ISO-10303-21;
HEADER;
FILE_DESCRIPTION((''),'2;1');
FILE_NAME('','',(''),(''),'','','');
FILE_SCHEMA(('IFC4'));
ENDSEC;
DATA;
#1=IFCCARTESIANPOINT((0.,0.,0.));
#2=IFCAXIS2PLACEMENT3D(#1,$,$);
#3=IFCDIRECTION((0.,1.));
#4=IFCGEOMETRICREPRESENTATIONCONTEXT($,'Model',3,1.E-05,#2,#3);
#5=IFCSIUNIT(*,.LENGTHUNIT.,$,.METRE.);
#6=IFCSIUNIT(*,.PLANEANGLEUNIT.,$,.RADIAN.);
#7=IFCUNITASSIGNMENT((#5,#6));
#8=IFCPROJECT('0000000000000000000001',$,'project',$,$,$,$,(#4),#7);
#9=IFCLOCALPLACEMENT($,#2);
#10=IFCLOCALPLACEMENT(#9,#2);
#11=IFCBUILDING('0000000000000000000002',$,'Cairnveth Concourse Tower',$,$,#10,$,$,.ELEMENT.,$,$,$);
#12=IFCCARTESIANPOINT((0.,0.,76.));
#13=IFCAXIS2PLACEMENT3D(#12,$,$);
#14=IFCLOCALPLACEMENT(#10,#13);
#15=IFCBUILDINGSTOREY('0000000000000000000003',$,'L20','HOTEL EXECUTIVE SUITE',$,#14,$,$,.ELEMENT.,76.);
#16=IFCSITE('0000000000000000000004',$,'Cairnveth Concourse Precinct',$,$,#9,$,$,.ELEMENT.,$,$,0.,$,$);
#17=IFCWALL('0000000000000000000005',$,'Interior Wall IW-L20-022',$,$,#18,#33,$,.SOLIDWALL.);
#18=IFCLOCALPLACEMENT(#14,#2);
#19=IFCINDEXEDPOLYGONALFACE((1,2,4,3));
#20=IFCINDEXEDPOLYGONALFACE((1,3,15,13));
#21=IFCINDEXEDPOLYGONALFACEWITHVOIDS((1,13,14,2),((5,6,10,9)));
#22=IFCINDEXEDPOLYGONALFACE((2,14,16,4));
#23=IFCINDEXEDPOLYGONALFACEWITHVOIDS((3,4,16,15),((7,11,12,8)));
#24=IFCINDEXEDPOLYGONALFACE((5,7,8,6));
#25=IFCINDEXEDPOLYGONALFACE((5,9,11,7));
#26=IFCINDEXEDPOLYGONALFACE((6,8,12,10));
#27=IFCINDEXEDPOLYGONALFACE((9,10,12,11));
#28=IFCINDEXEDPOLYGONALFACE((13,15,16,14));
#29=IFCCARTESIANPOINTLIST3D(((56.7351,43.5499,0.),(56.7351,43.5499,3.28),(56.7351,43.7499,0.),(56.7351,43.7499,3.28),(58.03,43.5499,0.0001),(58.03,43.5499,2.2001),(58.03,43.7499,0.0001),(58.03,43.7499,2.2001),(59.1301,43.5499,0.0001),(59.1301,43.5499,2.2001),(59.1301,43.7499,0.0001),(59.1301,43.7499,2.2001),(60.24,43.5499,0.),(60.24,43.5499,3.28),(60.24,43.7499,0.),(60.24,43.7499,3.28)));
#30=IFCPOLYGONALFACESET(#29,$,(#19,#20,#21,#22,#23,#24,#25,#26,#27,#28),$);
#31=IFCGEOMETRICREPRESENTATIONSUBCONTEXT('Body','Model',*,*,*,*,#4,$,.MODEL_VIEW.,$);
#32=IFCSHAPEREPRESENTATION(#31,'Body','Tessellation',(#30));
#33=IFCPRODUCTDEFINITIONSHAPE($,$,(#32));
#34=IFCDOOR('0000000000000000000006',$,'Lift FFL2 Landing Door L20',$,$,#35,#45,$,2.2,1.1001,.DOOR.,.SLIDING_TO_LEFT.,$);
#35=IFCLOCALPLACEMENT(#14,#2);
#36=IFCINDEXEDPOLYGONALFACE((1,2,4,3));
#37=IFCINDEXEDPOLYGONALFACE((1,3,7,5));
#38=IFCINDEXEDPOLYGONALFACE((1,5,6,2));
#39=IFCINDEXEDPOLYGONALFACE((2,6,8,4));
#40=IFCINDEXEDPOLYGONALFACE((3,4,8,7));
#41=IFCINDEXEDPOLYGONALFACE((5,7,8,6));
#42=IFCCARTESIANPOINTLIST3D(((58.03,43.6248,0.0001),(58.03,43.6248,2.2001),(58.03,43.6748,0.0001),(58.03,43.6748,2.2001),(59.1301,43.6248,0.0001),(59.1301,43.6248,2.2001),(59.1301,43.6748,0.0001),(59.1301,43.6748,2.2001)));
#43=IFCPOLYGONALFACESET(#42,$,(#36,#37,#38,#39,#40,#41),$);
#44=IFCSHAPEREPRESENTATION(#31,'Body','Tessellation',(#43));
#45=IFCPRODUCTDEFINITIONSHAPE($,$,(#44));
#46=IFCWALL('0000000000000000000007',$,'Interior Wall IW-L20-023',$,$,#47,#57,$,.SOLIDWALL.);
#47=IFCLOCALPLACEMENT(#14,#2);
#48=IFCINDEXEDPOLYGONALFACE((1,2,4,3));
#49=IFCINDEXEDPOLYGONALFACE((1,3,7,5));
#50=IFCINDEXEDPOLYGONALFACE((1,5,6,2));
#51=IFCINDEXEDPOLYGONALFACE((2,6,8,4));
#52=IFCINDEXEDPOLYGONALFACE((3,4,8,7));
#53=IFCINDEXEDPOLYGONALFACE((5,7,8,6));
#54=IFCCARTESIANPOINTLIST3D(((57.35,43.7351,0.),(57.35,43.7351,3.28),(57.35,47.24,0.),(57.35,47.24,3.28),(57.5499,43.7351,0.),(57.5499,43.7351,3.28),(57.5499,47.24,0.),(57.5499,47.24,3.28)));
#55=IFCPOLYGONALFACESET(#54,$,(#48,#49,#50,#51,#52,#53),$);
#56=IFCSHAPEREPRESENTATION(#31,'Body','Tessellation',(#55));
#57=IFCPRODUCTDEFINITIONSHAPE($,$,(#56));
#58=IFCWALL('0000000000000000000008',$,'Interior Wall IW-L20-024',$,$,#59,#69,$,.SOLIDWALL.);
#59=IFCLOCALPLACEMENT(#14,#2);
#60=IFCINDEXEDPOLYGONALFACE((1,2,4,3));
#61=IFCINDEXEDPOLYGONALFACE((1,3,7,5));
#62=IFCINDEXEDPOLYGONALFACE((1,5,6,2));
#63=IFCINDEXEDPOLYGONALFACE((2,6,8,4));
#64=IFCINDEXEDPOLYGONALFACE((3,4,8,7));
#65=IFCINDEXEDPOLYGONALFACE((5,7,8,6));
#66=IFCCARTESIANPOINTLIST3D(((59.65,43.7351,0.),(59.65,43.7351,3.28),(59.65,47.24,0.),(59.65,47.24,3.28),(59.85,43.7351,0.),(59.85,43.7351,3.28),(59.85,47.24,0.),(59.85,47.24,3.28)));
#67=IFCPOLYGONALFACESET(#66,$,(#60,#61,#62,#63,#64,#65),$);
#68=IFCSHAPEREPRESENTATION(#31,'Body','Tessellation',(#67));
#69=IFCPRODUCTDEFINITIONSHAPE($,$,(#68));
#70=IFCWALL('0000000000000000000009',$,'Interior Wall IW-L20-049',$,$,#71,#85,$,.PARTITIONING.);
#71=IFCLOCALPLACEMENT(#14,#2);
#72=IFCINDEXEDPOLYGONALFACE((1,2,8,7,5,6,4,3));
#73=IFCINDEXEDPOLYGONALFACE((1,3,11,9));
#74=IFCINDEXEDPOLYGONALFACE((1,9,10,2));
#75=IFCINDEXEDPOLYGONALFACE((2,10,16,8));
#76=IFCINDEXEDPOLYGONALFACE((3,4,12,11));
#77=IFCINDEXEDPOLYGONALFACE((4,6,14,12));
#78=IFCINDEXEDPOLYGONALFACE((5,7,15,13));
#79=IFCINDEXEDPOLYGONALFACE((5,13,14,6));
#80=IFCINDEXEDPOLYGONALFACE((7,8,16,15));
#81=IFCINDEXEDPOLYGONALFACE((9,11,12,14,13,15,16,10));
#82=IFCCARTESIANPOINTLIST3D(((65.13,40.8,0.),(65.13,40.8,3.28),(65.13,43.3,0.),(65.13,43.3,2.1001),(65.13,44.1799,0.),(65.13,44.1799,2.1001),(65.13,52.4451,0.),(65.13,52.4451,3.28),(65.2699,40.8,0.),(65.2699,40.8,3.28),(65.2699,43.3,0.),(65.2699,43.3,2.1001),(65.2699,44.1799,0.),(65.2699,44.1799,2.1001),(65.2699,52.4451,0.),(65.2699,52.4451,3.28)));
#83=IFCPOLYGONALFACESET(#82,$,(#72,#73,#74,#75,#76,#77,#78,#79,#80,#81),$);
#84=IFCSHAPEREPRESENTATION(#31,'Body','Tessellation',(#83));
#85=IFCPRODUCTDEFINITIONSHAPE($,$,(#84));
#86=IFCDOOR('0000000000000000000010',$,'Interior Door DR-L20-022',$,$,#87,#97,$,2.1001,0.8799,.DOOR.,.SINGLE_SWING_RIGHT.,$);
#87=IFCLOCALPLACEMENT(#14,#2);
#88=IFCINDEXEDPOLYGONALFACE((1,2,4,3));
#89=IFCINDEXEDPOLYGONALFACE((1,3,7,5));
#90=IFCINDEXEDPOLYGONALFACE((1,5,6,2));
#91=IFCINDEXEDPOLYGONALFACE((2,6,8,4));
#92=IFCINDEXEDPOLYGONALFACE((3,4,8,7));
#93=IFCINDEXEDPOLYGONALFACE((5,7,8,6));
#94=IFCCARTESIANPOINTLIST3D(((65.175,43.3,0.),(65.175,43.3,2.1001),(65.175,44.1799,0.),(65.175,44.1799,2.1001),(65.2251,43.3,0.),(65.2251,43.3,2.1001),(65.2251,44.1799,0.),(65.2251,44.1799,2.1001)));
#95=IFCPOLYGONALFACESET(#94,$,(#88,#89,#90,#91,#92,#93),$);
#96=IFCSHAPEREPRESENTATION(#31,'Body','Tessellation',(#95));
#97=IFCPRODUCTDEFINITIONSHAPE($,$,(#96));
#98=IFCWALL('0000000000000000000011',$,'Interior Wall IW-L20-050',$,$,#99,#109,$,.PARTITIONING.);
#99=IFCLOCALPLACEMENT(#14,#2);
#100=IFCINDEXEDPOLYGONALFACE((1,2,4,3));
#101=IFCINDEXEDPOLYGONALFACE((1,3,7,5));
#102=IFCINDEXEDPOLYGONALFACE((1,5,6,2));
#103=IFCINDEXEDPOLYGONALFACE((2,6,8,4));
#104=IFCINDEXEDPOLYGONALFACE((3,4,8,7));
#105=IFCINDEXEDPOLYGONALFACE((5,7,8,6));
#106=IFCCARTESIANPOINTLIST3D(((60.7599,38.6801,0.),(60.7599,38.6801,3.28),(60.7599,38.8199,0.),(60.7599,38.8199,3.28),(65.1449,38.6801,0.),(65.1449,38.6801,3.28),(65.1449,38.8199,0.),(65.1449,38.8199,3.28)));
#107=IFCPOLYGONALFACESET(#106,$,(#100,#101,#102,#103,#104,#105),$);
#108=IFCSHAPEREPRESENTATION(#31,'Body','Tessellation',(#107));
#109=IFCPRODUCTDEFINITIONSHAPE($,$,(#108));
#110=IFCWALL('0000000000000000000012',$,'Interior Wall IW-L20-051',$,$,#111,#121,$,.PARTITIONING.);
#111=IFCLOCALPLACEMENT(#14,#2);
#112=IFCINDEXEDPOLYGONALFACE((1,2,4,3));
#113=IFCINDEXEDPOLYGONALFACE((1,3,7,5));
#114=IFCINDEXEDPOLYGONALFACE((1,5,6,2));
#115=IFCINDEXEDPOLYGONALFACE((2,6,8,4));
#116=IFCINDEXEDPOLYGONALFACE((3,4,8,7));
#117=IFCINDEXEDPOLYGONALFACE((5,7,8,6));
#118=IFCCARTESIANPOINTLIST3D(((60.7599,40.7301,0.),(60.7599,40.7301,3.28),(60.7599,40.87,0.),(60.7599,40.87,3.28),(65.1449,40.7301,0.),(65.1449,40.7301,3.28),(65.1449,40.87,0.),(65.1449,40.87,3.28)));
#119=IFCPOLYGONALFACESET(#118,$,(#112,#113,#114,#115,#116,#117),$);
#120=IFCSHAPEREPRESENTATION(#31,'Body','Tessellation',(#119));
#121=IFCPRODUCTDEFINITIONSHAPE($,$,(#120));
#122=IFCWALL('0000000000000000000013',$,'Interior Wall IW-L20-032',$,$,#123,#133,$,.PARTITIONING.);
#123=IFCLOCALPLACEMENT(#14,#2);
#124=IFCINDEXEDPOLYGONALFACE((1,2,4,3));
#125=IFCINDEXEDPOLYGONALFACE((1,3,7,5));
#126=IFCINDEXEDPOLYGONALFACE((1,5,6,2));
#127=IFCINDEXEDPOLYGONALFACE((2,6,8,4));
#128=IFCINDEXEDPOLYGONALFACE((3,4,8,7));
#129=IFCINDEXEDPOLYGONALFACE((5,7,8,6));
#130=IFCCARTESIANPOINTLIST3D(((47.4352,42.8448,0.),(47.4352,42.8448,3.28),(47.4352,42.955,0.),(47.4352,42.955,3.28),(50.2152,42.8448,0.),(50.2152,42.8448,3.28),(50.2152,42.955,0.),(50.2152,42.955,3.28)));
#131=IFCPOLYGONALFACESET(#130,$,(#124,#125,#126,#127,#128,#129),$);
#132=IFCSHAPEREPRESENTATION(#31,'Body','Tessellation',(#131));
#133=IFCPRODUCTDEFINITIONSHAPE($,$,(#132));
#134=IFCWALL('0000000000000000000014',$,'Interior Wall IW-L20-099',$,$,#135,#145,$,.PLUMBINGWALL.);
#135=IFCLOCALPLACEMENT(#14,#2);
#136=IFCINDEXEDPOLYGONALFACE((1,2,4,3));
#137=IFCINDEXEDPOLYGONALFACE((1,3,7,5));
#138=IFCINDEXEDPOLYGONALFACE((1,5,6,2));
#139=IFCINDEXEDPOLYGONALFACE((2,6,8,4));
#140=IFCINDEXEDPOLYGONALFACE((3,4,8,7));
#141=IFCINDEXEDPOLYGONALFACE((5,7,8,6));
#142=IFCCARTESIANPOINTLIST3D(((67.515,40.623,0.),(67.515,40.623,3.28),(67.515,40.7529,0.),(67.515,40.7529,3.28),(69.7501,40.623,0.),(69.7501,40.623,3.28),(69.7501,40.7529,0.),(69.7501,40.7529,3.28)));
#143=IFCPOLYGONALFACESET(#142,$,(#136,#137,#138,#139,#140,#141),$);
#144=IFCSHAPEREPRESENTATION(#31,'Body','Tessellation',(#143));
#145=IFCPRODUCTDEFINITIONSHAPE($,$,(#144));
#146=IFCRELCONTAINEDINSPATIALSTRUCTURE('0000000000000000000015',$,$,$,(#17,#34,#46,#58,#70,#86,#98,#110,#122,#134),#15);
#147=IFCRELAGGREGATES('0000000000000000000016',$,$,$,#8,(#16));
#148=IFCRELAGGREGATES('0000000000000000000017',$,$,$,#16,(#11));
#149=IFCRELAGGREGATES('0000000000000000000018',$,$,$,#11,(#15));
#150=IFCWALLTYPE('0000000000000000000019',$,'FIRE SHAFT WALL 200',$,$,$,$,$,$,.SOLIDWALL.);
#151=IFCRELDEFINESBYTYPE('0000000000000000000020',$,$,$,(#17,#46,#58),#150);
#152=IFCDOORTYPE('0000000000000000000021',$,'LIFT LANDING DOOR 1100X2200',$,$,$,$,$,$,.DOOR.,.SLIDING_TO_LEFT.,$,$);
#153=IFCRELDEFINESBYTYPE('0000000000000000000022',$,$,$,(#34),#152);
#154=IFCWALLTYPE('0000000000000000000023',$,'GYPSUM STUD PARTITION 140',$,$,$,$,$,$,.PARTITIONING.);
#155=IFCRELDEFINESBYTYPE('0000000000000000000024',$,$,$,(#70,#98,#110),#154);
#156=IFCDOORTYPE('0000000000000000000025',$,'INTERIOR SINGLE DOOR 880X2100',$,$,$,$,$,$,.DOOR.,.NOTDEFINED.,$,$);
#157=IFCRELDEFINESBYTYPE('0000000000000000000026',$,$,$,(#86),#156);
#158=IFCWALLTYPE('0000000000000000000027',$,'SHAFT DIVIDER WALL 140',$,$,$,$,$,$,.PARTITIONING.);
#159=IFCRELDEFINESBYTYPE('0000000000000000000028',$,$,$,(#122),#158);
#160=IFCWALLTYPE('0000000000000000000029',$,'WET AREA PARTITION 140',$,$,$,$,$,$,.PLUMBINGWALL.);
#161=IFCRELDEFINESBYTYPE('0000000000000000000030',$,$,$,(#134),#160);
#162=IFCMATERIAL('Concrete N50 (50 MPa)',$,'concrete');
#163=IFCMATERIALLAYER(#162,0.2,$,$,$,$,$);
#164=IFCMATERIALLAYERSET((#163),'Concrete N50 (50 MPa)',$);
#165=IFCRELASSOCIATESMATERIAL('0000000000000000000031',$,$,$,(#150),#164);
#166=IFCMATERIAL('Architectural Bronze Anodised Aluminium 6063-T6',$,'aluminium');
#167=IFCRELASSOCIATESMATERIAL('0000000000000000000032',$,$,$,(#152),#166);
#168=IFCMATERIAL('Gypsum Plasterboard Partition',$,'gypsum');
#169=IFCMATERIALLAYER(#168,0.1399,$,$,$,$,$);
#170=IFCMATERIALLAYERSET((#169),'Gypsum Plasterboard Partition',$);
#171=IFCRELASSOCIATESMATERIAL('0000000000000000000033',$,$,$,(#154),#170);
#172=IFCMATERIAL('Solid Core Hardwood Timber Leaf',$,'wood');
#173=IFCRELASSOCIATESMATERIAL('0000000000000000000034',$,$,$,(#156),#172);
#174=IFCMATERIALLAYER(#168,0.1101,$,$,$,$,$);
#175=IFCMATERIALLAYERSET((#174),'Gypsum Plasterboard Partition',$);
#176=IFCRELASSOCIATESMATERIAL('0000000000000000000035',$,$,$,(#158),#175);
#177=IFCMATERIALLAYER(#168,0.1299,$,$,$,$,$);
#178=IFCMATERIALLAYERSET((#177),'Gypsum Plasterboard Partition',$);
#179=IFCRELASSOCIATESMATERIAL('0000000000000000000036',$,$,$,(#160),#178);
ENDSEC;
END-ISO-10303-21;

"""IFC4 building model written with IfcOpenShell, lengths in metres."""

from ifc_helpers import new_model, si_unit, direction, frame, frame_2d, origin, place, context, subcontext, project, spatial, rectangle, extrude, material, layer, layer_set, type_object, element, fill, save


model = new_model("IFC4")

# Units and contexts
model_context = context("Model", 3, precision=1e-05, world=origin(), true_north=direction((0.0, 1.0)))
body_context = subcontext(model_context, "Body", "Model", "MODEL_VIEW")
ifc_project = project(units=[si_unit("LENGTHUNIT", "METRE"), si_unit("PLANEANGLEUNIT", "RADIAN")], contexts=[model_context])

# Site, building, storey
site_placement = place(None, origin())
site = spatial("IfcSite", under=ifc_project, at=site_placement, Name="Cairnveth Concourse Precinct", CompositionType="ELEMENT", RefElevation=0.0)
building_placement = place(site_placement, origin())
building = spatial("IfcBuilding", under=site, at=building_placement, Name="Cairnveth Concourse Tower", CompositionType="ELEMENT")
storey_placement = place(building_placement, frame((0.0, 0.0, 76.0)))
storey = spatial("IfcBuildingStorey", under=building, at=storey_placement, Name="L20", Description="HOTEL EXECUTIVE SUITE", CompositionType="ELEMENT", Elevation=76.0)

# Shared definitions
ifc_material_1 = material(Name="Concrete N50 (50 MPa)", Category="concrete")
ifc_layer_1 = layer(ifc_material_1, 0.2)
ifc_layer_set_1 = layer_set([ifc_layer_1], Name="Concrete N50 (50 MPa)")
wall_type_1 = type_object("IfcWallType", Name="FIRE SHAFT WALL 200", PredefinedType="SOLIDWALL", material=ifc_layer_set_1)

# Wall, opening, door
wall_1_placement = place(storey_placement, frame((56.7351, 43.6499, 0.0), z_axis=(0.0, 0.0, 1.0), x_axis=(1.0, 0.0, 0.0)))
wall_1 = element("IfcWall", 1, at=wall_1_placement, inside=storey, type_object=wall_type_1, Name="Interior Wall IW-L20-022", PredefinedType="SOLIDWALL", context=body_context, shape_type="SweptSolid", body=[
    extrude(rectangle(XDim=3.5049, YDim=0.2, at=frame_2d((1.7524, 0.0))), origin(), (0.0, 0.0, 1.0), 3.28),
])
opening_1_placement = place(wall_1_placement, frame((1.2949, 0.0, 0.0)))
opening_1 = element("IfcOpeningElement", 2, at=opening_1_placement, cuts=wall_1, PredefinedType="OPENING", context=body_context, shape_type="SweptSolid", body=[
    extrude(rectangle(XDim=1.1001, YDim=2.2, at=frame_2d((0.55, 1.1001))), frame((0.0, 0.1099, 0.0), z_axis=(0.0, -1.0, 0.0), x_axis=(1.0, 0.0, 0.0)), (0.0, 0.0, 1.0), 0.22),
])
ifc_material_2 = material(Name="Architectural Bronze Anodised Aluminium 6063-T6", Category="aluminium")
door_type_1 = type_object("IfcDoorType", Name="LIFT LANDING DOOR 1100X2200", OperationType="SLIDING_TO_LEFT", PredefinedType="DOOR", material=ifc_material_2)
door_1_placement = place(opening_1_placement, origin())
door_1 = element("IfcDoor", 3, at=door_1_placement, inside=storey, type_object=door_type_1, Name="Lift FFL2 Landing Door L20", OperationType="SLIDING_TO_LEFT", OverallHeight=2.2, OverallWidth=1.1001, PredefinedType="DOOR", context=body_context, shape_type="SweptSolid", body=[
    extrude(rectangle(XDim=1.1001, YDim=2.2, at=frame_2d((0.55, 1.1001))), frame((0.0, 0.0249, 0.0), z_axis=(0.0, -1.0, 0.0), x_axis=(1.0, 0.0, 0.0)), (0.0, 0.0, 1.0), 0.05),
])
fill(opening_1, door_1)

# Walls
for number, where, z_axis, x_axis, name in (
    (4, (57.45, 43.7351, 0.0), (0.0, 0.0, 1.0), (0.0, 1.0, 0.0), "Interior Wall IW-L20-023"),
    (5, (59.75, 43.7351, 0.0), (0.0, 0.0, 1.0), (0.0, 1.0, 0.0), "Interior Wall IW-L20-024"),
):
    element("IfcWall", number, at=place(storey_placement, frame(where, z_axis=z_axis, x_axis=x_axis)), inside=storey, type_object=wall_type_1, Name=name, PredefinedType="SOLIDWALL", context=body_context, shape_type="SweptSolid", body=[
        extrude(rectangle(XDim=3.5049, YDim=0.2, at=frame_2d((1.7524, 0.0))), origin(), (0.0, 0.0, 1.0), 3.28),
    ])

# Wall, opening, door
ifc_material_3 = material(Name="Gypsum Plasterboard Partition", Category="gypsum")
ifc_layer_2 = layer(ifc_material_3, 0.1399)
ifc_layer_set_2 = layer_set([ifc_layer_2], Name="Gypsum Plasterboard Partition")
wall_type_2 = type_object("IfcWallType", Name="GYPSUM STUD PARTITION 140", PredefinedType="PARTITIONING", material=ifc_layer_set_2)
wall_2_placement = place(storey_placement, frame((65.2, 40.8, 0.0), z_axis=(0.0, 0.0, 1.0), x_axis=(0.0, 1.0, 0.0)))
wall_2 = element("IfcWall", 6, at=wall_2_placement, inside=storey, type_object=wall_type_2, Name="Interior Wall IW-L20-049", PredefinedType="PARTITIONING", context=body_context, shape_type="SweptSolid", body=[
    extrude(rectangle(XDim=11.645, YDim=0.1399, at=frame_2d((5.8225, 0.0))), origin(), (0.0, 0.0, 1.0), 3.28),
])
opening_2_placement = place(wall_2_placement, frame((2.5, 0.0, 0.0)))
opening_2 = element("IfcOpeningElement", 7, at=opening_2_placement, cuts=wall_2, PredefinedType="OPENING", context=body_context, shape_type="SweptSolid", body=[
    extrude(rectangle(XDim=0.8799, YDim=2.1001, at=frame_2d((0.4399, 1.05))), frame((0.0, 0.0798, 0.0), z_axis=(0.0, -1.0, 0.0), x_axis=(1.0, 0.0, 0.0)), (0.0, 0.0, 1.0), 0.1599),
])
ifc_material_4 = material(Name="Solid Core Hardwood Timber Leaf", Category="wood")
door_type_2 = type_object("IfcDoorType", Name="INTERIOR SINGLE DOOR 880X2100", OperationType="NOTDEFINED", PredefinedType="DOOR", material=ifc_material_4)
door_2_placement = place(opening_2_placement, origin())
door_2 = element("IfcDoor", 8, at=door_2_placement, inside=storey, type_object=door_type_2, Name="Interior Door DR-L20-022", OperationType="SINGLE_SWING_RIGHT", OverallHeight=2.1001, OverallWidth=0.8799, PredefinedType="DOOR", context=body_context, shape_type="SweptSolid", body=[
    extrude(rectangle(XDim=0.8799, YDim=2.1001, at=frame_2d((0.4399, 1.05))), frame((0.0, 0.0249, 0.0), z_axis=(0.0, -1.0, 0.0), x_axis=(1.0, 0.0, 0.0)), (0.0, 0.0, 1.0), 0.05),
])
fill(opening_2, door_2)

# Walls
for number, where, z_axis, x_axis, name in (
    (9, (60.76, 38.75, 0.0), (0.0, 0.0, 1.0), (1.0, 0.0, 0.0), "Interior Wall IW-L20-050"),
    (10, (60.76, 40.8, 0.0), (0.0, 0.0, 1.0), (1.0, 0.0, 0.0), "Interior Wall IW-L20-051"),
):
    element("IfcWall", number, at=place(storey_placement, frame(where, z_axis=z_axis, x_axis=x_axis)), inside=storey, type_object=wall_type_2, Name=name, PredefinedType="PARTITIONING", context=body_context, shape_type="SweptSolid", body=[
        extrude(rectangle(XDim=4.385, YDim=0.1399, at=frame_2d((2.1924, 0.0))), origin(), (0.0, 0.0, 1.0), 3.28),
    ])
ifc_layer_3 = layer(ifc_material_3, 0.1101)
ifc_layer_set_3 = layer_set([ifc_layer_3], Name="Gypsum Plasterboard Partition")
wall_type_3 = type_object("IfcWallType", Name="SHAFT DIVIDER WALL 140", PredefinedType="PARTITIONING", material=ifc_layer_set_3)
wall_3_placement = place(storey_placement, frame((47.4351, 42.8999, 0.0), z_axis=(0.0, 0.0, 1.0), x_axis=(1.0, 0.0, 0.0)))
element("IfcWall", 11, at=wall_3_placement, inside=storey, type_object=wall_type_3, Name="Interior Wall IW-L20-032", PredefinedType="PARTITIONING", context=body_context, shape_type="SweptSolid", body=[
    extrude(rectangle(XDim=2.78, YDim=0.1101, at=frame_2d((1.3901, 0.0))), origin(), (0.0, 0.0, 1.0), 3.28),
])
ifc_layer_4 = layer(ifc_material_3, 0.1299)
ifc_layer_set_4 = layer_set([ifc_layer_4], Name="Gypsum Plasterboard Partition")
wall_type_4 = type_object("IfcWallType", Name="WET AREA PARTITION 140", PredefinedType="PLUMBINGWALL", material=ifc_layer_set_4)
wall_4_placement = place(storey_placement, frame((67.5149, 40.688, 0.0), z_axis=(0.0, 0.0, 1.0), x_axis=(1.0, 0.0, 0.0)))
element("IfcWall", 12, at=wall_4_placement, inside=storey, type_object=wall_type_4, Name="Interior Wall IW-L20-099", PredefinedType="PLUMBINGWALL", context=body_context, shape_type="SweptSolid", body=[
    extrude(rectangle(XDim=2.2351, YDim=0.1299, at=frame_2d((1.1177, 0.0))), origin(), (0.0, 0.0, 1.0), 3.28),
])

save(model, "model.ifc")
